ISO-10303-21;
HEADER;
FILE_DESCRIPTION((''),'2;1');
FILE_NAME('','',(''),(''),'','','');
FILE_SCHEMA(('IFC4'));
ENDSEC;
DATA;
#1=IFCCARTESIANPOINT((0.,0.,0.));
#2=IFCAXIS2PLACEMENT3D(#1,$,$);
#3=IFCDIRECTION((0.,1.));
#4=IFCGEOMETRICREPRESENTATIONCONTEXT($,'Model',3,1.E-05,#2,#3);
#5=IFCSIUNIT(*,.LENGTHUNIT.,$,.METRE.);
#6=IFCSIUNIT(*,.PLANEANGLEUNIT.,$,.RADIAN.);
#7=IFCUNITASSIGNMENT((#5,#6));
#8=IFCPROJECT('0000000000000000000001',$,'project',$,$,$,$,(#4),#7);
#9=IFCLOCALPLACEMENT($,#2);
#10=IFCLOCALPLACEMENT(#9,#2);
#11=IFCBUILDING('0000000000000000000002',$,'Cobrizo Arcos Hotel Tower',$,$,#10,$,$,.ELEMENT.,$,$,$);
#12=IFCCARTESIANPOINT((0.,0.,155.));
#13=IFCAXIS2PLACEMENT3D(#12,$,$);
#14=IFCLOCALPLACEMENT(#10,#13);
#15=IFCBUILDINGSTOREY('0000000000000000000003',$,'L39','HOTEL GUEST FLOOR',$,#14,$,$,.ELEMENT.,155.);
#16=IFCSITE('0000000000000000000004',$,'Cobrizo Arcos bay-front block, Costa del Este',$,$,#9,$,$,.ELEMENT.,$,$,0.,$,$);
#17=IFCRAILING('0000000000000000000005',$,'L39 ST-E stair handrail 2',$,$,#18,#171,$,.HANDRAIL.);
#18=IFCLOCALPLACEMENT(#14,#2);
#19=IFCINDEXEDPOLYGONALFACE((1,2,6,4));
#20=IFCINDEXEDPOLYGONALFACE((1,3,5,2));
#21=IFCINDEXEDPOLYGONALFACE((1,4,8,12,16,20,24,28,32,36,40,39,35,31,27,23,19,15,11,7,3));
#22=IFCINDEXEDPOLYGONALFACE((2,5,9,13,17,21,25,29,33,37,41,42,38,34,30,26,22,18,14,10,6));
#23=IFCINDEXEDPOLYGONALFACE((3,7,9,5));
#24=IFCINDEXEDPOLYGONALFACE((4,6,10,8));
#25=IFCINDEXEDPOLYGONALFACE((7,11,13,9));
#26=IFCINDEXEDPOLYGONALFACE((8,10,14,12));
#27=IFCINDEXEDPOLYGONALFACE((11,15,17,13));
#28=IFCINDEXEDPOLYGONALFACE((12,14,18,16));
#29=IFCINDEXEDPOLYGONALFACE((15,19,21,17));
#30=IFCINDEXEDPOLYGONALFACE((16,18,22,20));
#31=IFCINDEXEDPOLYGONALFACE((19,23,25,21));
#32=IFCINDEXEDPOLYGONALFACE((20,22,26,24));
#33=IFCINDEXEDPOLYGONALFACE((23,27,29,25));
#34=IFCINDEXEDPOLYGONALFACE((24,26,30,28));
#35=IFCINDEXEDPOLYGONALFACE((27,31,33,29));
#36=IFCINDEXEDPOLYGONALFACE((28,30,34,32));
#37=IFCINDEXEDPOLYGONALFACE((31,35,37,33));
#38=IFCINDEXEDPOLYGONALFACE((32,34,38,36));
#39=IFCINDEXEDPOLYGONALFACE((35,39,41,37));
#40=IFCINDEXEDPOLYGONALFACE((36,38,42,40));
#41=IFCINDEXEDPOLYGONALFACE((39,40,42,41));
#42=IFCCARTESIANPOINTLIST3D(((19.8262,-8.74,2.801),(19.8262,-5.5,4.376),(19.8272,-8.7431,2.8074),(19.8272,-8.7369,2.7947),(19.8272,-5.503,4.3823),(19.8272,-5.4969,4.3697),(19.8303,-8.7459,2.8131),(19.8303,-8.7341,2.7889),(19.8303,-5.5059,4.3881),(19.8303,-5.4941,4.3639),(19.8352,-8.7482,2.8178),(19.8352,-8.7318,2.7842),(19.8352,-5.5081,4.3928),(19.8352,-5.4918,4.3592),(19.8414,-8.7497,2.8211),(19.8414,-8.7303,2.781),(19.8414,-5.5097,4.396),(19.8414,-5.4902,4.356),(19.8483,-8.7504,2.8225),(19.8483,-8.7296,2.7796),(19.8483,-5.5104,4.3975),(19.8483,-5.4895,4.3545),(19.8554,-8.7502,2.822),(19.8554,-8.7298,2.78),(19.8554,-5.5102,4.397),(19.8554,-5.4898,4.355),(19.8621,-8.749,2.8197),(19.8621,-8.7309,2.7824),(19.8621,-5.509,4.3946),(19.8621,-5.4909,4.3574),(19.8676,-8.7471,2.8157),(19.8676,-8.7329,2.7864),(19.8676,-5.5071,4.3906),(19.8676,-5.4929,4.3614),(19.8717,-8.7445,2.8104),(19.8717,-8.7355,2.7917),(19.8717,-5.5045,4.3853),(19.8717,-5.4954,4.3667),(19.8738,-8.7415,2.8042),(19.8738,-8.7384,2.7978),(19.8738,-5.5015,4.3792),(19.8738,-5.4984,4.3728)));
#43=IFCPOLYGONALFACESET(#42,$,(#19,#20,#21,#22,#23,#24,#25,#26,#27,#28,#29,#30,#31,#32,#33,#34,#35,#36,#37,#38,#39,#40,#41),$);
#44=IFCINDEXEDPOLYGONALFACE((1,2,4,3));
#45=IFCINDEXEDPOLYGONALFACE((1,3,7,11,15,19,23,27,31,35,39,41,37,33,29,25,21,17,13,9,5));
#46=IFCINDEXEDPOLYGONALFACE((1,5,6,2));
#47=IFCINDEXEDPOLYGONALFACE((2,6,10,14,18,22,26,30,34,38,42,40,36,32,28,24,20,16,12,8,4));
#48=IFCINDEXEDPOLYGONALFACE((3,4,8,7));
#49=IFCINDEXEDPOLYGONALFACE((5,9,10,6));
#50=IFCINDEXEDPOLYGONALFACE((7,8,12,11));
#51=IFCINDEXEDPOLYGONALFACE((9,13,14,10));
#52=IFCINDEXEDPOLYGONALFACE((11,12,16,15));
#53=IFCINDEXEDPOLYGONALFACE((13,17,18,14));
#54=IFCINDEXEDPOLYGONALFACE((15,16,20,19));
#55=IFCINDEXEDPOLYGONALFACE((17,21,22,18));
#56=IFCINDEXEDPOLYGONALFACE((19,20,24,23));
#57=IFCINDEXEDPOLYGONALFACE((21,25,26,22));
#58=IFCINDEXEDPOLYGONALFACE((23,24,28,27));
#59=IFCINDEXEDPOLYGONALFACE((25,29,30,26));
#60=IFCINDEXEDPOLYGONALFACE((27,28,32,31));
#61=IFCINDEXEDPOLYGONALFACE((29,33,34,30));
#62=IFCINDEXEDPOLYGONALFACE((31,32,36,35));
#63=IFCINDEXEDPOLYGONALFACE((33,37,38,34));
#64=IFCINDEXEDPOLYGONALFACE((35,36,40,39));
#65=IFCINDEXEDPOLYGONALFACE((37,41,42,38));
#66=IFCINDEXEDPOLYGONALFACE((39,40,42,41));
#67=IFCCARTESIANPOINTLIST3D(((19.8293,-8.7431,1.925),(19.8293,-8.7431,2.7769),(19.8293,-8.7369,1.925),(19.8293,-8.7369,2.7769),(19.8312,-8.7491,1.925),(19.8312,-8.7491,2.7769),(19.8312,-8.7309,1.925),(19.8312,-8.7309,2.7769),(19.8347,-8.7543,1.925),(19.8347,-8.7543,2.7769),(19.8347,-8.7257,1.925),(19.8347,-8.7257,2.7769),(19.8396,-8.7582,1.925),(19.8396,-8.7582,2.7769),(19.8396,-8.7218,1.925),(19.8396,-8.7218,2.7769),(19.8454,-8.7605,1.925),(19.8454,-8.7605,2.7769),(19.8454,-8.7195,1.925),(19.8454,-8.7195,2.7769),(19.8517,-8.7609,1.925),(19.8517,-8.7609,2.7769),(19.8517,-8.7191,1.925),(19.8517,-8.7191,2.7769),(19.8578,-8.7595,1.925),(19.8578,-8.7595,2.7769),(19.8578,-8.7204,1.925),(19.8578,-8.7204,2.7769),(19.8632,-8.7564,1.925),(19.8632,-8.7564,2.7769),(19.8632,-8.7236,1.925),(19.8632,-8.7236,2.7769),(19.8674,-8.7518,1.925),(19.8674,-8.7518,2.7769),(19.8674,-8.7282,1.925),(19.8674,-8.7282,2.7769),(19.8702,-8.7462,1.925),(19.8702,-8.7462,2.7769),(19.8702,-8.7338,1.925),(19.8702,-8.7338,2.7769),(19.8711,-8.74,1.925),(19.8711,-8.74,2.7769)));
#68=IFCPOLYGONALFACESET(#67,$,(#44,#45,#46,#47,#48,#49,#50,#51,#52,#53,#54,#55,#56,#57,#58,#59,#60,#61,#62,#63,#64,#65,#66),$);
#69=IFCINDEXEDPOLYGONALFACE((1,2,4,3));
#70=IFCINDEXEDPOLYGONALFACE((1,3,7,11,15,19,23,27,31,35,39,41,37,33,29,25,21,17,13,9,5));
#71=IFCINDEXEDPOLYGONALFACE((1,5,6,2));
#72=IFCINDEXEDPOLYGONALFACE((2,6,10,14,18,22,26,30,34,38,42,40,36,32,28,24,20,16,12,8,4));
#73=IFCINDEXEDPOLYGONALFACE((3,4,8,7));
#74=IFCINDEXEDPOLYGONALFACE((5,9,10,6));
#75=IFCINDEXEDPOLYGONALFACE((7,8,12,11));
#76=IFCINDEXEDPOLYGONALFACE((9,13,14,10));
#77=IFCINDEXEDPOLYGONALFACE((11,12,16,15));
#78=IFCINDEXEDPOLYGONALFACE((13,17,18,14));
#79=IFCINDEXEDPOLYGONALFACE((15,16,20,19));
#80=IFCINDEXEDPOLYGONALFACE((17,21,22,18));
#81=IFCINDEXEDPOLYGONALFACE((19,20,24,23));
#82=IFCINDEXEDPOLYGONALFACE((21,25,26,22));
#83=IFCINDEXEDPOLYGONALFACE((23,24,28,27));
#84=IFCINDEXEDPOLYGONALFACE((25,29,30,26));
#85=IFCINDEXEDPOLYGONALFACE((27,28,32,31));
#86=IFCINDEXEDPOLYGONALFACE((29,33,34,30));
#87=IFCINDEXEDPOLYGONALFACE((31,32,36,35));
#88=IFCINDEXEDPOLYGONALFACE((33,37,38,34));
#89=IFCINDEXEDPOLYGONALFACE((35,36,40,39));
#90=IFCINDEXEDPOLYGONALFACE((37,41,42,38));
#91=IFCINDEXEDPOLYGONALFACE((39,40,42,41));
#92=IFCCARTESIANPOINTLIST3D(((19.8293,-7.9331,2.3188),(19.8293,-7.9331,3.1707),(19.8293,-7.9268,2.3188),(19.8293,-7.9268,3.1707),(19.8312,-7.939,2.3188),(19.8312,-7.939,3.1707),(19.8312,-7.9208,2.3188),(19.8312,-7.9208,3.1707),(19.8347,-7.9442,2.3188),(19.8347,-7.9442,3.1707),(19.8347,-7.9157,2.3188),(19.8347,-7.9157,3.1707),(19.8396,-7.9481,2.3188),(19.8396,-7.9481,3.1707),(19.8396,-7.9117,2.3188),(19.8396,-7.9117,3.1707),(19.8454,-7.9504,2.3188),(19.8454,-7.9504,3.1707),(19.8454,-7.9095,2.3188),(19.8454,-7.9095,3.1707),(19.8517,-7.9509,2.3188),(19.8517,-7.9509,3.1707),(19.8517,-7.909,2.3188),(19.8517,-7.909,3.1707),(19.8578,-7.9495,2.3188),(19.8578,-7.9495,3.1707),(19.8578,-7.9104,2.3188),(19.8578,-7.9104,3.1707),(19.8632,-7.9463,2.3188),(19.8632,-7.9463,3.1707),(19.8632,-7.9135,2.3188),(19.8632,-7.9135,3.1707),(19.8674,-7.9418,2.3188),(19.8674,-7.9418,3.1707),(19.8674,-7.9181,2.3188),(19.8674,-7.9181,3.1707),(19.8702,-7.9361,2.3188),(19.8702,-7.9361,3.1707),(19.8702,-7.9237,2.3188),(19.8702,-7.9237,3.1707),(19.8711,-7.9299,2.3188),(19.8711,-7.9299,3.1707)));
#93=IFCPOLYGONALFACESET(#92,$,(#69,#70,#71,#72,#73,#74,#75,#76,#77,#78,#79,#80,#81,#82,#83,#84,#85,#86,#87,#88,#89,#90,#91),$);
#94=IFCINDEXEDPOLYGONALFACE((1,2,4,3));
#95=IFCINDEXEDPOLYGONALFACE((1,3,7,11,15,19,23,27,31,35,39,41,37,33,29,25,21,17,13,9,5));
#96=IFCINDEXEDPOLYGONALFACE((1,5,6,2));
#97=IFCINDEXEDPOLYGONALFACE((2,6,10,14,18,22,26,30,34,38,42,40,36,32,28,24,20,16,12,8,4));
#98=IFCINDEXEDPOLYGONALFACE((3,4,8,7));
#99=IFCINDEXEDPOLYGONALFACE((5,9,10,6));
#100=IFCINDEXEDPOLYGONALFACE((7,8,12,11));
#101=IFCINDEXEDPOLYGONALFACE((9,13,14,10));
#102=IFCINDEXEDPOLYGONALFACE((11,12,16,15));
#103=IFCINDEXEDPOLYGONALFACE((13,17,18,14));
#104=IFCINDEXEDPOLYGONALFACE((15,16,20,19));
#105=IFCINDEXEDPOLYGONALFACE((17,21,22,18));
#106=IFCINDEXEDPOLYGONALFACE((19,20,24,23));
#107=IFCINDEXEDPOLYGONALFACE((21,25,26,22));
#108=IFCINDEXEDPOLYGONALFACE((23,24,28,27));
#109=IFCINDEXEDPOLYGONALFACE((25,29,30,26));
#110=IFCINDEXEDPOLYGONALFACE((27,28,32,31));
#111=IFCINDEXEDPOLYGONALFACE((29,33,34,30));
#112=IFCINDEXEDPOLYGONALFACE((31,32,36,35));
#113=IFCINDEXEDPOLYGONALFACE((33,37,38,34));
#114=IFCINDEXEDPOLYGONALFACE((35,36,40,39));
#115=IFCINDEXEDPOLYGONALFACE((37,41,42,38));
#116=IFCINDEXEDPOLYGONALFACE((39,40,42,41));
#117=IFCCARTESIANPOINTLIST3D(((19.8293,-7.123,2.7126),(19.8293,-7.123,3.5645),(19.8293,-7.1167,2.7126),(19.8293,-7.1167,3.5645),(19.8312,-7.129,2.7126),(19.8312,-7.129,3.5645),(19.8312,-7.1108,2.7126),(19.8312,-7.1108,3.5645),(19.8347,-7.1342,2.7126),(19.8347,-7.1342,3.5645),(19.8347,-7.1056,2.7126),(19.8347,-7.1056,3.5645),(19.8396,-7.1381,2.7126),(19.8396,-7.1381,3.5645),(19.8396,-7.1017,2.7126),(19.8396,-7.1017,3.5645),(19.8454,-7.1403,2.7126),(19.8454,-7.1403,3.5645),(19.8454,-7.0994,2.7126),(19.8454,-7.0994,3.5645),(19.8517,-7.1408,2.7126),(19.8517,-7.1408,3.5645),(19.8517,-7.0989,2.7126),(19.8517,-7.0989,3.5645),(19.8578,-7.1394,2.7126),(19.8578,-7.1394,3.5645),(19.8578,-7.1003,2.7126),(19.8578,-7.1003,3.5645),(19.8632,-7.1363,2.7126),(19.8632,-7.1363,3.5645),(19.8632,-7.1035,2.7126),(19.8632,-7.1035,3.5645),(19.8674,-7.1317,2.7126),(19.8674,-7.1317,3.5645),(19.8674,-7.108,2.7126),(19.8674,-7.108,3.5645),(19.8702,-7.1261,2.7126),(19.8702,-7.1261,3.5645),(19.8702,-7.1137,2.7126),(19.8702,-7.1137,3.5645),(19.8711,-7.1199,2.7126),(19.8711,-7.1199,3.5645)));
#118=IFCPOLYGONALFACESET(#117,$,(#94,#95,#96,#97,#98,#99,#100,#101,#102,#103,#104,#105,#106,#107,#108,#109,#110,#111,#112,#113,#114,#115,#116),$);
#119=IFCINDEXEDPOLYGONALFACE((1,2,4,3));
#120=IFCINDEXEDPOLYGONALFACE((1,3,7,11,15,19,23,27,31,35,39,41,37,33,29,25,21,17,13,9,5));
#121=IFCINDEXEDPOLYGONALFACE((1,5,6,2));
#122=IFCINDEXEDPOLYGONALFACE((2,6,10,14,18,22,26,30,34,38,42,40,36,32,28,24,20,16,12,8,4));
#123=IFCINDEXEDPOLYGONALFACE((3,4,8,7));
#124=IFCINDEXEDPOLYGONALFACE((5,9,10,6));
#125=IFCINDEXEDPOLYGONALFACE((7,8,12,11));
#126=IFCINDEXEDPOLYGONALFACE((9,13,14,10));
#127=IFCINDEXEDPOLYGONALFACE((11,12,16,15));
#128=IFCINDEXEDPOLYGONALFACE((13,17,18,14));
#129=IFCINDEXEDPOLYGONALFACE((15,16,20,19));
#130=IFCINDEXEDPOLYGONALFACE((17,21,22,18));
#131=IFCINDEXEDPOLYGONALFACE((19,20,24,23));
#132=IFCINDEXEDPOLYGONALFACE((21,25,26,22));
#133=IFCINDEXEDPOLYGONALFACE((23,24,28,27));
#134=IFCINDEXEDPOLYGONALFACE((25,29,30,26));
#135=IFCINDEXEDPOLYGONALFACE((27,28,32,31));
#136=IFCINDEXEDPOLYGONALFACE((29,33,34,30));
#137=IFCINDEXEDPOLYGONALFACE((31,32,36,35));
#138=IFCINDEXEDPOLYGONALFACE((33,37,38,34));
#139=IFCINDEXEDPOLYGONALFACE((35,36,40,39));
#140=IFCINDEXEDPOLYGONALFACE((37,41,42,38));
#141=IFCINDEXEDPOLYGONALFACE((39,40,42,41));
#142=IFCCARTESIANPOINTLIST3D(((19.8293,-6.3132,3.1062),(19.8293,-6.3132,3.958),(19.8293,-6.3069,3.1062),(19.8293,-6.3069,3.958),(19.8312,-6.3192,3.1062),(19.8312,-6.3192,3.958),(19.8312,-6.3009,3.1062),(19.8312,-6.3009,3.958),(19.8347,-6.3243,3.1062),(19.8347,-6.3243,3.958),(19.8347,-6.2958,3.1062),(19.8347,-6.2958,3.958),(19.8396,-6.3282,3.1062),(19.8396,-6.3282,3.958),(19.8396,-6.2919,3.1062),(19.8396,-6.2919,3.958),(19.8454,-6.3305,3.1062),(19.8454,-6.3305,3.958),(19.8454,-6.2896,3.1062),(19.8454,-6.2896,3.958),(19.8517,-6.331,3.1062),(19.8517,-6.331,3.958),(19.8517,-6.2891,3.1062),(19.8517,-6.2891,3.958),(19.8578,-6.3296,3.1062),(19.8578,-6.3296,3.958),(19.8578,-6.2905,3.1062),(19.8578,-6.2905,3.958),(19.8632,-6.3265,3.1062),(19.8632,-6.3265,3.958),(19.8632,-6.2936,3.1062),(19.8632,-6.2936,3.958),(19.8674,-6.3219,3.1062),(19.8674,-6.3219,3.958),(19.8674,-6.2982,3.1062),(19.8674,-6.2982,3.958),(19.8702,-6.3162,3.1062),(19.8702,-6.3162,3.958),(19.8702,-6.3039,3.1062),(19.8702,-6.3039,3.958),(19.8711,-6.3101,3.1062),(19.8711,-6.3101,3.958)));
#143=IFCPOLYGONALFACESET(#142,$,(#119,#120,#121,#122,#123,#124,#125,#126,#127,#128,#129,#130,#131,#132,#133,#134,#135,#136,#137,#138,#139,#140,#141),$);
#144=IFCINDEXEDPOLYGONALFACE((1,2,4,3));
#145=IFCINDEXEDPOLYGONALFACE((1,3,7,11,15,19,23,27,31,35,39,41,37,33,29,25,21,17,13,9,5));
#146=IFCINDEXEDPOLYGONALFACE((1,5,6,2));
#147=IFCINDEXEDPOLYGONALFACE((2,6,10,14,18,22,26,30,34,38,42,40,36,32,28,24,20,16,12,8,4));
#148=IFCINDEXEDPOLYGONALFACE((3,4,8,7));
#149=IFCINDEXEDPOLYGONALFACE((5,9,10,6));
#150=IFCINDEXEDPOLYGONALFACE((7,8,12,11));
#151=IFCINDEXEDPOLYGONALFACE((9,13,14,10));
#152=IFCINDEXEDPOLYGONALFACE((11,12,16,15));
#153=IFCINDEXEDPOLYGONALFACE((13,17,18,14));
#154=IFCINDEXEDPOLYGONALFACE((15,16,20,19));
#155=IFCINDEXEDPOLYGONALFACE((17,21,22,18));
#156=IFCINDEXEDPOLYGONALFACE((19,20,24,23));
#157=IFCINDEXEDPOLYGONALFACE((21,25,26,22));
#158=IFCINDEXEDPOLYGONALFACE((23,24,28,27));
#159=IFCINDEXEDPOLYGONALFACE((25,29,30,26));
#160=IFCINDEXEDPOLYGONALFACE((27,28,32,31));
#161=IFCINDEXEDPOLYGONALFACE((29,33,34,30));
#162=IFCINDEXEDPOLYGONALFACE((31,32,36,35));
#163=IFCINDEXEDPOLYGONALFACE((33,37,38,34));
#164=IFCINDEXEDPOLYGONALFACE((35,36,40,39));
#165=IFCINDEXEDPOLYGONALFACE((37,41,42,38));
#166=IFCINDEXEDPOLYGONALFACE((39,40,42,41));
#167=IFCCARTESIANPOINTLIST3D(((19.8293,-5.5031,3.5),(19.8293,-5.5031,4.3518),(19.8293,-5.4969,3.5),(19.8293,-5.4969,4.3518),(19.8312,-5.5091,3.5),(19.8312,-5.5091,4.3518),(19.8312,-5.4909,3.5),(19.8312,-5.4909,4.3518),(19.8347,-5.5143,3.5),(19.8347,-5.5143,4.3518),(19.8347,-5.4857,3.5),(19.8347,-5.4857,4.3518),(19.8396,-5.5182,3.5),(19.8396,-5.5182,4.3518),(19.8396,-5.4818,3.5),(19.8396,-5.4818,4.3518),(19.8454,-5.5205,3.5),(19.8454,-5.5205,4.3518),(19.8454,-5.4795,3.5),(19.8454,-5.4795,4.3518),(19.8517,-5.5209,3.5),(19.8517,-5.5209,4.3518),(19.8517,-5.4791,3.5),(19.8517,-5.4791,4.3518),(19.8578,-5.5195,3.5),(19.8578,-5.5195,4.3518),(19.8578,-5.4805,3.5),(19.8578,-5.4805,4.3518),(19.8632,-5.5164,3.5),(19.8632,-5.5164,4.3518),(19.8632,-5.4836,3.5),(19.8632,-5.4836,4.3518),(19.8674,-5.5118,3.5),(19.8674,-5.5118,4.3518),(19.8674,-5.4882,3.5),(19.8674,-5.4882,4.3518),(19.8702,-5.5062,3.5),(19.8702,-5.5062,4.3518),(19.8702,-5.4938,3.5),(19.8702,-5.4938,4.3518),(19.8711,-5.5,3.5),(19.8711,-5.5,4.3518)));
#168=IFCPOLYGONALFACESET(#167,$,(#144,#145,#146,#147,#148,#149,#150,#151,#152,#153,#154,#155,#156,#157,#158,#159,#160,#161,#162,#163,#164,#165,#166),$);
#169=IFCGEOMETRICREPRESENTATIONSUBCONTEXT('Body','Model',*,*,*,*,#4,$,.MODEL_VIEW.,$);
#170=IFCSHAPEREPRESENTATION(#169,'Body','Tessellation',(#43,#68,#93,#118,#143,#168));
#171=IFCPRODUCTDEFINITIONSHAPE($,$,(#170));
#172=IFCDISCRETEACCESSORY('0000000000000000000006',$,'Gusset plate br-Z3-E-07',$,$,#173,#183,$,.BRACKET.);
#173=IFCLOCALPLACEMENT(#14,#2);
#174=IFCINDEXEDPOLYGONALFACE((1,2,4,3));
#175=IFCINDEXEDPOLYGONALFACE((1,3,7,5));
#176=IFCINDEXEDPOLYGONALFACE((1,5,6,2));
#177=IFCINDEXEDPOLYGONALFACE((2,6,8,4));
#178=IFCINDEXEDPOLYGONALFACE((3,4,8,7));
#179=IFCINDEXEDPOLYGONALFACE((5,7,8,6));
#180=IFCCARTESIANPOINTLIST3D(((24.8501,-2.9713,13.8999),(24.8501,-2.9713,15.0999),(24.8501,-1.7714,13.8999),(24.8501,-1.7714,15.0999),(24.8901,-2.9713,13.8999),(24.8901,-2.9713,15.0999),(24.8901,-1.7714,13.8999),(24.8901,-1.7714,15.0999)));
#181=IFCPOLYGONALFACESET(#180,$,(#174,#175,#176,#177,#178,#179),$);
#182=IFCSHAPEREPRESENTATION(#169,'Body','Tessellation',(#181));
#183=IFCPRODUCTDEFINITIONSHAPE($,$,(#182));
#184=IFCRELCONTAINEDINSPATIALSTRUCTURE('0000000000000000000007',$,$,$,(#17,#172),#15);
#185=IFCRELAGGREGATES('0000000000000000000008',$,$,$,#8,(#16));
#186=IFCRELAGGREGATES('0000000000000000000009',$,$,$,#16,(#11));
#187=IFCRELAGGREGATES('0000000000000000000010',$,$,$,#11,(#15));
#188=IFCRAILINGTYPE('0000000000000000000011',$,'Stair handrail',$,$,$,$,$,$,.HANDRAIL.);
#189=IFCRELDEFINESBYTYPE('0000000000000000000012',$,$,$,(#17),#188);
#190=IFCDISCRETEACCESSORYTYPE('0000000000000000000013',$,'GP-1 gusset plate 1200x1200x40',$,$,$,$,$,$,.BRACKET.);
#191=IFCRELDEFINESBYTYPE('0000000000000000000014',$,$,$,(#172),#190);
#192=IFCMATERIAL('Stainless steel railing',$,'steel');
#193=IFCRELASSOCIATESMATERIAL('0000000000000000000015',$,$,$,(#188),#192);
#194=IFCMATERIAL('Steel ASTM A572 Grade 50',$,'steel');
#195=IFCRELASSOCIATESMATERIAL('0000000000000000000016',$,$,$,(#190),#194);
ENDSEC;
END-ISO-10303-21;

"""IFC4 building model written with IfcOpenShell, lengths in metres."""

from ifc_helpers import new_model, si_unit, direction, frame, origin, origin_2d, place, context, subcontext, project, spatial, rectangle, circle, extrude, material, type_object, element, save


model = new_model("IFC4")

# Units and contexts
model_context = context("Model", 3, precision=1e-05, world=origin(), true_north=direction((0.0, 1.0)))
body_context = subcontext(model_context, "Body", "Model", "MODEL_VIEW")
ifc_project = project(units=[si_unit("LENGTHUNIT", "METRE"), si_unit("PLANEANGLEUNIT", "RADIAN")], contexts=[model_context])

# Site, building, storey
site_placement = place(None, origin())
site = spatial("IfcSite", under=ifc_project, at=site_placement, Name="Cobrizo Arcos bay-front block, Costa del Este", CompositionType="ELEMENT", RefElevation=0.0)
building_placement = place(site_placement, origin())
building = spatial("IfcBuilding", under=site, at=building_placement, Name="Cobrizo Arcos Hotel Tower", CompositionType="ELEMENT")
storey_placement = place(building_placement, frame((0.0, 0.0, 155.0)))
storey = spatial("IfcBuildingStorey", under=building, at=storey_placement, Name="L39", Description="HOTEL GUEST FLOOR", CompositionType="ELEMENT", Elevation=155.0)

# Railing
ifc_material_1 = material(Name="Stainless steel railing", Category="steel")
railing_type_1 = type_object("IfcRailingType", Name="Stair handrail", PredefinedType="HANDRAIL", material=ifc_material_1)
railing_1_placement = place(storey_placement, frame((19.8501, -8.74, 1.925)))
element("IfcRailing", 1, at=railing_1_placement, inside=storey, type_object=railing_type_1, Name="L39 ST-E stair handrail 2", PredefinedType="HANDRAIL", context=body_context, shape_type="SweptSolid", body=[
    extrude(circle(Radius=0.0239, at=origin_2d()), frame((0.0, 0.0, 0.876), z_axis=(0.0, 0.899373, 0.437183), x_axis=(-1.0, 0.0, 0.0)), (0.0, 0.0, 1.0), 3.6025),
    extrude(circle(Radius=0.021, at=origin_2d()), origin(), (0.0, 0.0, 1.0), 0.8518),
    extrude(circle(Radius=0.021, at=origin_2d()), frame((0.0, 0.8101, 0.3938)), (0.0, 0.0, 1.0), 0.8518),
    extrude(circle(Radius=0.021, at=origin_2d()), frame((0.0, 1.6201, 0.7876)), (0.0, 0.0, 1.0), 0.8518),
    extrude(circle(Radius=0.021, at=origin_2d()), frame((0.0, 2.4299, 1.1812)), (0.0, 0.0, 1.0), 0.8518),
    extrude(circle(Radius=0.021, at=origin_2d()), frame((0.0, 3.24, 1.575)), (0.0, 0.0, 1.0), 0.8518),
])

# Discrete accessory
ifc_material_2 = material(Name="Steel ASTM A572 Grade 50", Category="steel")
discrete_accessory_type = type_object("IfcDiscreteAccessoryType", Name="GP-1 gusset plate 1200x1200x40", PredefinedType="BRACKET", material=ifc_material_2)
discrete_accessory_placement = place(storey_placement, frame((24.8701, -2.3713, 13.8999), z_axis=(0.0, 0.0, 1.0), x_axis=(1.0, 0.0, 0.0)))
element("IfcDiscreteAccessory", 2, at=discrete_accessory_placement, inside=storey, type_object=discrete_accessory_type, Name="Gusset plate br-Z3-E-07", PredefinedType="BRACKET", context=body_context, shape_type="SweptSolid", body=[
    extrude(rectangle(XDim=0.04, YDim=1.2, at=origin_2d()), origin(), (0.0, 0.0, 1.0), 1.2),
])

save(model, "model.ifc")
